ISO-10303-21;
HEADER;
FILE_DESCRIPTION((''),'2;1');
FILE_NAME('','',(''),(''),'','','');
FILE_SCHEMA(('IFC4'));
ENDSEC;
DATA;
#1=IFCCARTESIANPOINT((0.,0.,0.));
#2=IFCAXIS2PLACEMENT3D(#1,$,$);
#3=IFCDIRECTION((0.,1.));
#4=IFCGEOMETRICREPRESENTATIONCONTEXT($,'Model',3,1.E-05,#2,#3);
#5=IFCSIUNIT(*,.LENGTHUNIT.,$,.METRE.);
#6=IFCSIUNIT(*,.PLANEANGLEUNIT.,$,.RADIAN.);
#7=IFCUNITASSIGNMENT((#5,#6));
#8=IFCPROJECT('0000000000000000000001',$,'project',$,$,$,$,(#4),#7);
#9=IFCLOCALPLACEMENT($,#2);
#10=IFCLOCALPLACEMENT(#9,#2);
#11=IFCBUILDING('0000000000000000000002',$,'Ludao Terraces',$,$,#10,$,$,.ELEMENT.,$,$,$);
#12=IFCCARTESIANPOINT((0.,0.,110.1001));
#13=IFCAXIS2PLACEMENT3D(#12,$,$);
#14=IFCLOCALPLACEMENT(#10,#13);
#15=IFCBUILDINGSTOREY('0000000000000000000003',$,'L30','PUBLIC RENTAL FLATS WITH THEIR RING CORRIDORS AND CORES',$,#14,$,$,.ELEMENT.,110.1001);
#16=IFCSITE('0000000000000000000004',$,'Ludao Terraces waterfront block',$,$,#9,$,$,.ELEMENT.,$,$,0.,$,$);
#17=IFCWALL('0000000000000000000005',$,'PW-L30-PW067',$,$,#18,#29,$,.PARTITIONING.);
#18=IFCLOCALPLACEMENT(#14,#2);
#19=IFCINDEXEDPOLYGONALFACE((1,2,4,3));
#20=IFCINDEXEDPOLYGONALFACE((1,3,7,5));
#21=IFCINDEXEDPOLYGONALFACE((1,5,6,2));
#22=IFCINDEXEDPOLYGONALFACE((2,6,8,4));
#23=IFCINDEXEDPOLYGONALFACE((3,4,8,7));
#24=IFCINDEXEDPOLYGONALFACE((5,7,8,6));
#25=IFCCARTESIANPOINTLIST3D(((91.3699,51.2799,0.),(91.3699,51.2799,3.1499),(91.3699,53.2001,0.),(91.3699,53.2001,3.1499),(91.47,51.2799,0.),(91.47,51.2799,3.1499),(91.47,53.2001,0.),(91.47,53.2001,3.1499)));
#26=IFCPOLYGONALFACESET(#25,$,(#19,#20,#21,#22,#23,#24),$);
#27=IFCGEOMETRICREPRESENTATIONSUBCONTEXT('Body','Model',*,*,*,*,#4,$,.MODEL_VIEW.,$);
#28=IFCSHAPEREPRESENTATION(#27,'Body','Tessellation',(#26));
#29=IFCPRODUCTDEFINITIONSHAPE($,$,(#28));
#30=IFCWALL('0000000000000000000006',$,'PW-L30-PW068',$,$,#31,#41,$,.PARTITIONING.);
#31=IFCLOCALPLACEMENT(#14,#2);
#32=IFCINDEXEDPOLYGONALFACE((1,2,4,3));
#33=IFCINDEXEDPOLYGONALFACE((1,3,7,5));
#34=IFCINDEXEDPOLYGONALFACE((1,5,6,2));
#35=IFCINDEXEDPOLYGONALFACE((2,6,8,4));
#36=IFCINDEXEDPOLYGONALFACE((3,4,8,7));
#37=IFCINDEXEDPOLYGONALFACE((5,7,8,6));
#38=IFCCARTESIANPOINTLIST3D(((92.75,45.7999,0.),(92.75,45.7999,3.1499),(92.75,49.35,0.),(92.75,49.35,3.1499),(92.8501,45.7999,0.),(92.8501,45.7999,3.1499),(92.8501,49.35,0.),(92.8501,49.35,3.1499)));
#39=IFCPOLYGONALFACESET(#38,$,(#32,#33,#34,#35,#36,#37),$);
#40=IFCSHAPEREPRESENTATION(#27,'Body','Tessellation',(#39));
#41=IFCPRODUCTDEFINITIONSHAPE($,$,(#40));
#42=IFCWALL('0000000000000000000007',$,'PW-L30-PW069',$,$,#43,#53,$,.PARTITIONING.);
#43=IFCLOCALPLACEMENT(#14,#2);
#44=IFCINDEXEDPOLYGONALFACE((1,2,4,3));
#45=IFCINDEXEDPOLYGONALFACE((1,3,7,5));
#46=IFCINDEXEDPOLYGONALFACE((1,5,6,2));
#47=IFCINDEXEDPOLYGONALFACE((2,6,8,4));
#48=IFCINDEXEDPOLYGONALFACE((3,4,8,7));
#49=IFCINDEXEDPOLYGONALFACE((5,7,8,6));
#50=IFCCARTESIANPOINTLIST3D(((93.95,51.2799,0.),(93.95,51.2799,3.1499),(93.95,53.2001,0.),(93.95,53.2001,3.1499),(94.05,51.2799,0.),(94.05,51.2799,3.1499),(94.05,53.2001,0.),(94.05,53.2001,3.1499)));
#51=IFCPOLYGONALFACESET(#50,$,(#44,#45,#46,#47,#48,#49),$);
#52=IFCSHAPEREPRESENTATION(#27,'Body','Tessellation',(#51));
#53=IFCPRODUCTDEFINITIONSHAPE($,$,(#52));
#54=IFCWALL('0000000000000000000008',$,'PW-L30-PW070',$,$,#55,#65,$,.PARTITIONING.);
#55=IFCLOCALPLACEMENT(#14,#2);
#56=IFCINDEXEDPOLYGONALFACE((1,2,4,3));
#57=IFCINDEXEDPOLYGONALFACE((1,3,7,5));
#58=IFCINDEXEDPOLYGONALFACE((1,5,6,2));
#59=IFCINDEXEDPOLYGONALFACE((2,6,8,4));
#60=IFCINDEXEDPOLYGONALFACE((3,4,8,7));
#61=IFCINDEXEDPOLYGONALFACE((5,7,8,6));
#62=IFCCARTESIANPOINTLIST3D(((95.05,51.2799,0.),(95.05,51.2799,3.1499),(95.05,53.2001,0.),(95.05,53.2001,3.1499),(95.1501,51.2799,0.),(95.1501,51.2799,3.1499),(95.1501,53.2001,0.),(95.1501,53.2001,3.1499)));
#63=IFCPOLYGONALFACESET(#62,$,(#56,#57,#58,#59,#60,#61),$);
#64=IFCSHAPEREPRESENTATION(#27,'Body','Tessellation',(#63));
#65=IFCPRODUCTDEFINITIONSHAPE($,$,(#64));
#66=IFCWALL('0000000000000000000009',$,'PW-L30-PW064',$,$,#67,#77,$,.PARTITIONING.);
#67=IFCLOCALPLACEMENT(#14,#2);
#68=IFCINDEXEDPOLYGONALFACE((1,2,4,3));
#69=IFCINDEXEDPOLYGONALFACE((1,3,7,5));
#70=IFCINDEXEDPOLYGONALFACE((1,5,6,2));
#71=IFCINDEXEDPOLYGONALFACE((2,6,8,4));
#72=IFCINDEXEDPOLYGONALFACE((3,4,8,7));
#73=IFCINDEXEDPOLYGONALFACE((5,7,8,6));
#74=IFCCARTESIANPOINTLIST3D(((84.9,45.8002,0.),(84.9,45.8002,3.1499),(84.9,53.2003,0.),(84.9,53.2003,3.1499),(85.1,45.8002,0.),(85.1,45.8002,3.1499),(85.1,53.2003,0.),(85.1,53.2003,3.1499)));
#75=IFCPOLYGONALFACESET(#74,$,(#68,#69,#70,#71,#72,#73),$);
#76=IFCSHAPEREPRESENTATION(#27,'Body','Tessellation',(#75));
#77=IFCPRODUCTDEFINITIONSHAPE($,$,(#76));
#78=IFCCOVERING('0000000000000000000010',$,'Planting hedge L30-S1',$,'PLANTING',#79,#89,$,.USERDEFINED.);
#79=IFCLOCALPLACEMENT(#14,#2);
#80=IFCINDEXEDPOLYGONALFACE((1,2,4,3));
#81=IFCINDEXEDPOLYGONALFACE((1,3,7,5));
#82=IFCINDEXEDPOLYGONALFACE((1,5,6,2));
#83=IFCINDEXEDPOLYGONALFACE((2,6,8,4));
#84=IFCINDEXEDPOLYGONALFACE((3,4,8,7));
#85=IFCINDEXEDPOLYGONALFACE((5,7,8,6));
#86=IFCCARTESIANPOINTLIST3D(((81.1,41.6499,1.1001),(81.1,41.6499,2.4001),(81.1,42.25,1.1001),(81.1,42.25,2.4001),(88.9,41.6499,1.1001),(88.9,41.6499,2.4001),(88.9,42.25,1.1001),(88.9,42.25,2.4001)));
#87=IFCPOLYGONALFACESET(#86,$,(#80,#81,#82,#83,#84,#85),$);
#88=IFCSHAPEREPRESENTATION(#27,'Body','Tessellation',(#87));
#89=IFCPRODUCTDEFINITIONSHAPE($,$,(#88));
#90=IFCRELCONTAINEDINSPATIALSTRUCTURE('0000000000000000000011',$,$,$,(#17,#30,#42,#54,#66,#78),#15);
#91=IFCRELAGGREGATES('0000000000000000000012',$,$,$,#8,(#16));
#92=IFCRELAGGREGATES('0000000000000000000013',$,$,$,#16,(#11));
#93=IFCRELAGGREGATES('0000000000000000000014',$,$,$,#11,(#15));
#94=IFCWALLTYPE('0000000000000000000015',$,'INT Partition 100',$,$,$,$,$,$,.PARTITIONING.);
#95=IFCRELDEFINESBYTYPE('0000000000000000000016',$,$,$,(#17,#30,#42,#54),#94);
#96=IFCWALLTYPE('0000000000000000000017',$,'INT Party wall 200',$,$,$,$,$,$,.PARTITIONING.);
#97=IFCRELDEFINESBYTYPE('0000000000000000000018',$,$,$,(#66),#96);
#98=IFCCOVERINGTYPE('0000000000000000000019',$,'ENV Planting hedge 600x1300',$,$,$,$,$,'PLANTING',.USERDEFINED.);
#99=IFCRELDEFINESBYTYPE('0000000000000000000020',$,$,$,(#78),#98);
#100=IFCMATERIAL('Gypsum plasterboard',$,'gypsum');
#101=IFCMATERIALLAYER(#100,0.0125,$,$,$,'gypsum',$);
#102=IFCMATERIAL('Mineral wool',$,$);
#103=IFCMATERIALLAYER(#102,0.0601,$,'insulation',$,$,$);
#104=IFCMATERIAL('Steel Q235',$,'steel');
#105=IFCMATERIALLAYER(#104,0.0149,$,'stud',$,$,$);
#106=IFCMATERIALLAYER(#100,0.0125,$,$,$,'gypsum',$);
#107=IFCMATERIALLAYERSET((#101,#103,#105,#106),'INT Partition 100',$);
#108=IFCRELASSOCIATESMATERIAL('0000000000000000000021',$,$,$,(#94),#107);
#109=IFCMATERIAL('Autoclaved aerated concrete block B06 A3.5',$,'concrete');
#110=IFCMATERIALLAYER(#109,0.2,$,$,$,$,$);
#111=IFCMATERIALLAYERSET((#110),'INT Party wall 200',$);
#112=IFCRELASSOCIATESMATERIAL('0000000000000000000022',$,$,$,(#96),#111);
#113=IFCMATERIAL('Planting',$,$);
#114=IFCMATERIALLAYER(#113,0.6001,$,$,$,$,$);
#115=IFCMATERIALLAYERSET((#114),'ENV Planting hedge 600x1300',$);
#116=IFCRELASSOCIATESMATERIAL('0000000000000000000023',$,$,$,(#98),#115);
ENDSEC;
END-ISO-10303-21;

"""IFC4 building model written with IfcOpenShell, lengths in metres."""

from ifc_helpers import new_model, si_unit, direction, frame, frame_2d, origin, origin_2d, place, context, subcontext, project, spatial, rectangle, extrude, material, layer, layer_set, type_object, element, save


model = new_model("IFC4")

# Units and contexts
model_context = context("Model", 3, precision=1e-05, world=origin(), true_north=direction((0.0, 1.0)))
body_context = subcontext(model_context, "Body", "Model", "MODEL_VIEW")
ifc_project = project(units=[si_unit("LENGTHUNIT", "METRE"), si_unit("PLANEANGLEUNIT", "RADIAN")], contexts=[model_context])

# Site, building, storey
site_placement = place(None, origin())
site = spatial("IfcSite", under=ifc_project, at=site_placement, Name="Ludao Terraces waterfront block", CompositionType="ELEMENT", RefElevation=0.0)
building_placement = place(site_placement, origin())
building = spatial("IfcBuilding", under=site, at=building_placement, Name="Ludao Terraces", CompositionType="ELEMENT")
storey_placement = place(building_placement, frame((0.0, 0.0, 110.1001)))
storey = spatial("IfcBuildingStorey", under=building, at=storey_placement, Name="L30", Description="PUBLIC RENTAL FLATS WITH THEIR RING CORRIDORS AND CORES", CompositionType="ELEMENT", Elevation=110.1001)

# Shared definitions
ifc_material_1 = material(Name="Steel Q235", Category="steel")

# Shared definitions
ifc_material_2 = material(Name="Mineral wool")

# Shared definitions
ifc_material_3 = material(Name="Gypsum plasterboard", Category="gypsum")
ifc_layer_1 = layer(ifc_material_3, 0.0125, Category="gypsum")
ifc_layer_2 = layer(ifc_material_2, 0.0601, Name="insulation")
ifc_layer_3 = layer(ifc_material_1, 0.0149, Name="stud")
ifc_layer_4 = layer(ifc_material_3, 0.0125, Category="gypsum")
ifc_layer_set_1 = layer_set([ifc_layer_1, ifc_layer_2, ifc_layer_3, ifc_layer_4], Name="INT Partition 100")
wall_type_1 = type_object("IfcWallType", Name="INT Partition 100", PredefinedType="PARTITIONING", material=ifc_layer_set_1)

# Walls
wall_1_placement = place(storey_placement, frame((91.4199, 51.28, 0.0), z_axis=(0.0, 0.0, 1.0), x_axis=(0.0, 1.0, 0.0)))
element("IfcWall", 1, at=wall_1_placement, inside=storey, type_object=wall_type_1, Name="PW-L30-PW067", PredefinedType="PARTITIONING", context=body_context, shape_type="SweptSolid", body=[
    extrude(rectangle(XDim=1.9202, YDim=0.1001, at=frame_2d((0.96, 0.0))), origin(), (0.0, 0.0, 1.0), 3.1499),
])
wall_2_placement = place(storey_placement, frame((92.8, 45.8, 0.0), z_axis=(0.0, 0.0, 1.0), x_axis=(0.0, 1.0, 0.0)))
element("IfcWall", 2, at=wall_2_placement, inside=storey, type_object=wall_type_1, Name="PW-L30-PW068", PredefinedType="PARTITIONING", context=body_context, shape_type="SweptSolid", body=[
    extrude(rectangle(XDim=3.55, YDim=0.1001, at=frame_2d((1.7749, 0.0))), origin(), (0.0, 0.0, 1.0), 3.1499),
])
for number, where, z_axis, x_axis, name in (
    (3, (94.0, 51.28, 0.0), (0.0, 0.0, 1.0), (0.0, 1.0, 0.0), "PW-L30-PW069"),
    (4, (95.1001, 51.28, 0.0), (0.0, 0.0, 1.0), (0.0, 1.0, 0.0), "PW-L30-PW070"),
):
    element("IfcWall", number, at=place(storey_placement, frame(where, z_axis=z_axis, x_axis=x_axis)), inside=storey, type_object=wall_type_1, Name=name, PredefinedType="PARTITIONING", context=body_context, shape_type="SweptSolid", body=[
        extrude(rectangle(XDim=1.9202, YDim=0.1001, at=frame_2d((0.96, 0.0))), origin(), (0.0, 0.0, 1.0), 3.1499),
    ])
ifc_material_4 = material(Name="Autoclaved aerated concrete block B06 A3.5", Category="concrete")
ifc_layer_5 = layer(ifc_material_4, 0.2)
ifc_layer_set_2 = layer_set([ifc_layer_5], Name="INT Party wall 200")
wall_type_2 = type_object("IfcWallType", Name="INT Party wall 200", PredefinedType="PARTITIONING", material=ifc_layer_set_2)
wall_3_placement = place(storey_placement, frame((85.0, 45.8, 0.0), z_axis=(0.0, 0.0, 1.0), x_axis=(0.0, 1.0, 0.0)))
element("IfcWall", 5, at=wall_3_placement, inside=storey, type_object=wall_type_2, Name="PW-L30-PW064", PredefinedType="PARTITIONING", context=body_context, shape_type="SweptSolid", body=[
    extrude(rectangle(XDim=7.4001, YDim=0.2, at=frame_2d((3.7002, 0.0))), origin(), (0.0, 0.0, 1.0), 3.1499),
])

# Covering
ifc_material_5 = material(Name="Planting")
ifc_layer_6 = layer(ifc_material_5, 0.6001)
ifc_layer_set_3 = layer_set([ifc_layer_6], Name="ENV Planting hedge 600x1300")
covering_type = type_object("IfcCoveringType", Name="ENV Planting hedge 600x1300", ElementType="PLANTING", PredefinedType="USERDEFINED", material=ifc_layer_set_3)
covering_placement = place(storey_placement, frame((85.0, 41.95, 1.1001), z_axis=(0.0, 0.0, 1.0), x_axis=(1.0, 0.0, 0.0)))
element("IfcCovering", 6, at=covering_placement, inside=storey, type_object=covering_type, Name="Planting hedge L30-S1", ObjectType="PLANTING", PredefinedType="USERDEFINED", context=body_context, shape_type="SweptSolid", body=[
    extrude(rectangle(XDim=7.8, YDim=0.6001, at=origin_2d()), origin(), (0.0, 0.0, 1.0), 1.3),
])

save(model, "model.ifc")
